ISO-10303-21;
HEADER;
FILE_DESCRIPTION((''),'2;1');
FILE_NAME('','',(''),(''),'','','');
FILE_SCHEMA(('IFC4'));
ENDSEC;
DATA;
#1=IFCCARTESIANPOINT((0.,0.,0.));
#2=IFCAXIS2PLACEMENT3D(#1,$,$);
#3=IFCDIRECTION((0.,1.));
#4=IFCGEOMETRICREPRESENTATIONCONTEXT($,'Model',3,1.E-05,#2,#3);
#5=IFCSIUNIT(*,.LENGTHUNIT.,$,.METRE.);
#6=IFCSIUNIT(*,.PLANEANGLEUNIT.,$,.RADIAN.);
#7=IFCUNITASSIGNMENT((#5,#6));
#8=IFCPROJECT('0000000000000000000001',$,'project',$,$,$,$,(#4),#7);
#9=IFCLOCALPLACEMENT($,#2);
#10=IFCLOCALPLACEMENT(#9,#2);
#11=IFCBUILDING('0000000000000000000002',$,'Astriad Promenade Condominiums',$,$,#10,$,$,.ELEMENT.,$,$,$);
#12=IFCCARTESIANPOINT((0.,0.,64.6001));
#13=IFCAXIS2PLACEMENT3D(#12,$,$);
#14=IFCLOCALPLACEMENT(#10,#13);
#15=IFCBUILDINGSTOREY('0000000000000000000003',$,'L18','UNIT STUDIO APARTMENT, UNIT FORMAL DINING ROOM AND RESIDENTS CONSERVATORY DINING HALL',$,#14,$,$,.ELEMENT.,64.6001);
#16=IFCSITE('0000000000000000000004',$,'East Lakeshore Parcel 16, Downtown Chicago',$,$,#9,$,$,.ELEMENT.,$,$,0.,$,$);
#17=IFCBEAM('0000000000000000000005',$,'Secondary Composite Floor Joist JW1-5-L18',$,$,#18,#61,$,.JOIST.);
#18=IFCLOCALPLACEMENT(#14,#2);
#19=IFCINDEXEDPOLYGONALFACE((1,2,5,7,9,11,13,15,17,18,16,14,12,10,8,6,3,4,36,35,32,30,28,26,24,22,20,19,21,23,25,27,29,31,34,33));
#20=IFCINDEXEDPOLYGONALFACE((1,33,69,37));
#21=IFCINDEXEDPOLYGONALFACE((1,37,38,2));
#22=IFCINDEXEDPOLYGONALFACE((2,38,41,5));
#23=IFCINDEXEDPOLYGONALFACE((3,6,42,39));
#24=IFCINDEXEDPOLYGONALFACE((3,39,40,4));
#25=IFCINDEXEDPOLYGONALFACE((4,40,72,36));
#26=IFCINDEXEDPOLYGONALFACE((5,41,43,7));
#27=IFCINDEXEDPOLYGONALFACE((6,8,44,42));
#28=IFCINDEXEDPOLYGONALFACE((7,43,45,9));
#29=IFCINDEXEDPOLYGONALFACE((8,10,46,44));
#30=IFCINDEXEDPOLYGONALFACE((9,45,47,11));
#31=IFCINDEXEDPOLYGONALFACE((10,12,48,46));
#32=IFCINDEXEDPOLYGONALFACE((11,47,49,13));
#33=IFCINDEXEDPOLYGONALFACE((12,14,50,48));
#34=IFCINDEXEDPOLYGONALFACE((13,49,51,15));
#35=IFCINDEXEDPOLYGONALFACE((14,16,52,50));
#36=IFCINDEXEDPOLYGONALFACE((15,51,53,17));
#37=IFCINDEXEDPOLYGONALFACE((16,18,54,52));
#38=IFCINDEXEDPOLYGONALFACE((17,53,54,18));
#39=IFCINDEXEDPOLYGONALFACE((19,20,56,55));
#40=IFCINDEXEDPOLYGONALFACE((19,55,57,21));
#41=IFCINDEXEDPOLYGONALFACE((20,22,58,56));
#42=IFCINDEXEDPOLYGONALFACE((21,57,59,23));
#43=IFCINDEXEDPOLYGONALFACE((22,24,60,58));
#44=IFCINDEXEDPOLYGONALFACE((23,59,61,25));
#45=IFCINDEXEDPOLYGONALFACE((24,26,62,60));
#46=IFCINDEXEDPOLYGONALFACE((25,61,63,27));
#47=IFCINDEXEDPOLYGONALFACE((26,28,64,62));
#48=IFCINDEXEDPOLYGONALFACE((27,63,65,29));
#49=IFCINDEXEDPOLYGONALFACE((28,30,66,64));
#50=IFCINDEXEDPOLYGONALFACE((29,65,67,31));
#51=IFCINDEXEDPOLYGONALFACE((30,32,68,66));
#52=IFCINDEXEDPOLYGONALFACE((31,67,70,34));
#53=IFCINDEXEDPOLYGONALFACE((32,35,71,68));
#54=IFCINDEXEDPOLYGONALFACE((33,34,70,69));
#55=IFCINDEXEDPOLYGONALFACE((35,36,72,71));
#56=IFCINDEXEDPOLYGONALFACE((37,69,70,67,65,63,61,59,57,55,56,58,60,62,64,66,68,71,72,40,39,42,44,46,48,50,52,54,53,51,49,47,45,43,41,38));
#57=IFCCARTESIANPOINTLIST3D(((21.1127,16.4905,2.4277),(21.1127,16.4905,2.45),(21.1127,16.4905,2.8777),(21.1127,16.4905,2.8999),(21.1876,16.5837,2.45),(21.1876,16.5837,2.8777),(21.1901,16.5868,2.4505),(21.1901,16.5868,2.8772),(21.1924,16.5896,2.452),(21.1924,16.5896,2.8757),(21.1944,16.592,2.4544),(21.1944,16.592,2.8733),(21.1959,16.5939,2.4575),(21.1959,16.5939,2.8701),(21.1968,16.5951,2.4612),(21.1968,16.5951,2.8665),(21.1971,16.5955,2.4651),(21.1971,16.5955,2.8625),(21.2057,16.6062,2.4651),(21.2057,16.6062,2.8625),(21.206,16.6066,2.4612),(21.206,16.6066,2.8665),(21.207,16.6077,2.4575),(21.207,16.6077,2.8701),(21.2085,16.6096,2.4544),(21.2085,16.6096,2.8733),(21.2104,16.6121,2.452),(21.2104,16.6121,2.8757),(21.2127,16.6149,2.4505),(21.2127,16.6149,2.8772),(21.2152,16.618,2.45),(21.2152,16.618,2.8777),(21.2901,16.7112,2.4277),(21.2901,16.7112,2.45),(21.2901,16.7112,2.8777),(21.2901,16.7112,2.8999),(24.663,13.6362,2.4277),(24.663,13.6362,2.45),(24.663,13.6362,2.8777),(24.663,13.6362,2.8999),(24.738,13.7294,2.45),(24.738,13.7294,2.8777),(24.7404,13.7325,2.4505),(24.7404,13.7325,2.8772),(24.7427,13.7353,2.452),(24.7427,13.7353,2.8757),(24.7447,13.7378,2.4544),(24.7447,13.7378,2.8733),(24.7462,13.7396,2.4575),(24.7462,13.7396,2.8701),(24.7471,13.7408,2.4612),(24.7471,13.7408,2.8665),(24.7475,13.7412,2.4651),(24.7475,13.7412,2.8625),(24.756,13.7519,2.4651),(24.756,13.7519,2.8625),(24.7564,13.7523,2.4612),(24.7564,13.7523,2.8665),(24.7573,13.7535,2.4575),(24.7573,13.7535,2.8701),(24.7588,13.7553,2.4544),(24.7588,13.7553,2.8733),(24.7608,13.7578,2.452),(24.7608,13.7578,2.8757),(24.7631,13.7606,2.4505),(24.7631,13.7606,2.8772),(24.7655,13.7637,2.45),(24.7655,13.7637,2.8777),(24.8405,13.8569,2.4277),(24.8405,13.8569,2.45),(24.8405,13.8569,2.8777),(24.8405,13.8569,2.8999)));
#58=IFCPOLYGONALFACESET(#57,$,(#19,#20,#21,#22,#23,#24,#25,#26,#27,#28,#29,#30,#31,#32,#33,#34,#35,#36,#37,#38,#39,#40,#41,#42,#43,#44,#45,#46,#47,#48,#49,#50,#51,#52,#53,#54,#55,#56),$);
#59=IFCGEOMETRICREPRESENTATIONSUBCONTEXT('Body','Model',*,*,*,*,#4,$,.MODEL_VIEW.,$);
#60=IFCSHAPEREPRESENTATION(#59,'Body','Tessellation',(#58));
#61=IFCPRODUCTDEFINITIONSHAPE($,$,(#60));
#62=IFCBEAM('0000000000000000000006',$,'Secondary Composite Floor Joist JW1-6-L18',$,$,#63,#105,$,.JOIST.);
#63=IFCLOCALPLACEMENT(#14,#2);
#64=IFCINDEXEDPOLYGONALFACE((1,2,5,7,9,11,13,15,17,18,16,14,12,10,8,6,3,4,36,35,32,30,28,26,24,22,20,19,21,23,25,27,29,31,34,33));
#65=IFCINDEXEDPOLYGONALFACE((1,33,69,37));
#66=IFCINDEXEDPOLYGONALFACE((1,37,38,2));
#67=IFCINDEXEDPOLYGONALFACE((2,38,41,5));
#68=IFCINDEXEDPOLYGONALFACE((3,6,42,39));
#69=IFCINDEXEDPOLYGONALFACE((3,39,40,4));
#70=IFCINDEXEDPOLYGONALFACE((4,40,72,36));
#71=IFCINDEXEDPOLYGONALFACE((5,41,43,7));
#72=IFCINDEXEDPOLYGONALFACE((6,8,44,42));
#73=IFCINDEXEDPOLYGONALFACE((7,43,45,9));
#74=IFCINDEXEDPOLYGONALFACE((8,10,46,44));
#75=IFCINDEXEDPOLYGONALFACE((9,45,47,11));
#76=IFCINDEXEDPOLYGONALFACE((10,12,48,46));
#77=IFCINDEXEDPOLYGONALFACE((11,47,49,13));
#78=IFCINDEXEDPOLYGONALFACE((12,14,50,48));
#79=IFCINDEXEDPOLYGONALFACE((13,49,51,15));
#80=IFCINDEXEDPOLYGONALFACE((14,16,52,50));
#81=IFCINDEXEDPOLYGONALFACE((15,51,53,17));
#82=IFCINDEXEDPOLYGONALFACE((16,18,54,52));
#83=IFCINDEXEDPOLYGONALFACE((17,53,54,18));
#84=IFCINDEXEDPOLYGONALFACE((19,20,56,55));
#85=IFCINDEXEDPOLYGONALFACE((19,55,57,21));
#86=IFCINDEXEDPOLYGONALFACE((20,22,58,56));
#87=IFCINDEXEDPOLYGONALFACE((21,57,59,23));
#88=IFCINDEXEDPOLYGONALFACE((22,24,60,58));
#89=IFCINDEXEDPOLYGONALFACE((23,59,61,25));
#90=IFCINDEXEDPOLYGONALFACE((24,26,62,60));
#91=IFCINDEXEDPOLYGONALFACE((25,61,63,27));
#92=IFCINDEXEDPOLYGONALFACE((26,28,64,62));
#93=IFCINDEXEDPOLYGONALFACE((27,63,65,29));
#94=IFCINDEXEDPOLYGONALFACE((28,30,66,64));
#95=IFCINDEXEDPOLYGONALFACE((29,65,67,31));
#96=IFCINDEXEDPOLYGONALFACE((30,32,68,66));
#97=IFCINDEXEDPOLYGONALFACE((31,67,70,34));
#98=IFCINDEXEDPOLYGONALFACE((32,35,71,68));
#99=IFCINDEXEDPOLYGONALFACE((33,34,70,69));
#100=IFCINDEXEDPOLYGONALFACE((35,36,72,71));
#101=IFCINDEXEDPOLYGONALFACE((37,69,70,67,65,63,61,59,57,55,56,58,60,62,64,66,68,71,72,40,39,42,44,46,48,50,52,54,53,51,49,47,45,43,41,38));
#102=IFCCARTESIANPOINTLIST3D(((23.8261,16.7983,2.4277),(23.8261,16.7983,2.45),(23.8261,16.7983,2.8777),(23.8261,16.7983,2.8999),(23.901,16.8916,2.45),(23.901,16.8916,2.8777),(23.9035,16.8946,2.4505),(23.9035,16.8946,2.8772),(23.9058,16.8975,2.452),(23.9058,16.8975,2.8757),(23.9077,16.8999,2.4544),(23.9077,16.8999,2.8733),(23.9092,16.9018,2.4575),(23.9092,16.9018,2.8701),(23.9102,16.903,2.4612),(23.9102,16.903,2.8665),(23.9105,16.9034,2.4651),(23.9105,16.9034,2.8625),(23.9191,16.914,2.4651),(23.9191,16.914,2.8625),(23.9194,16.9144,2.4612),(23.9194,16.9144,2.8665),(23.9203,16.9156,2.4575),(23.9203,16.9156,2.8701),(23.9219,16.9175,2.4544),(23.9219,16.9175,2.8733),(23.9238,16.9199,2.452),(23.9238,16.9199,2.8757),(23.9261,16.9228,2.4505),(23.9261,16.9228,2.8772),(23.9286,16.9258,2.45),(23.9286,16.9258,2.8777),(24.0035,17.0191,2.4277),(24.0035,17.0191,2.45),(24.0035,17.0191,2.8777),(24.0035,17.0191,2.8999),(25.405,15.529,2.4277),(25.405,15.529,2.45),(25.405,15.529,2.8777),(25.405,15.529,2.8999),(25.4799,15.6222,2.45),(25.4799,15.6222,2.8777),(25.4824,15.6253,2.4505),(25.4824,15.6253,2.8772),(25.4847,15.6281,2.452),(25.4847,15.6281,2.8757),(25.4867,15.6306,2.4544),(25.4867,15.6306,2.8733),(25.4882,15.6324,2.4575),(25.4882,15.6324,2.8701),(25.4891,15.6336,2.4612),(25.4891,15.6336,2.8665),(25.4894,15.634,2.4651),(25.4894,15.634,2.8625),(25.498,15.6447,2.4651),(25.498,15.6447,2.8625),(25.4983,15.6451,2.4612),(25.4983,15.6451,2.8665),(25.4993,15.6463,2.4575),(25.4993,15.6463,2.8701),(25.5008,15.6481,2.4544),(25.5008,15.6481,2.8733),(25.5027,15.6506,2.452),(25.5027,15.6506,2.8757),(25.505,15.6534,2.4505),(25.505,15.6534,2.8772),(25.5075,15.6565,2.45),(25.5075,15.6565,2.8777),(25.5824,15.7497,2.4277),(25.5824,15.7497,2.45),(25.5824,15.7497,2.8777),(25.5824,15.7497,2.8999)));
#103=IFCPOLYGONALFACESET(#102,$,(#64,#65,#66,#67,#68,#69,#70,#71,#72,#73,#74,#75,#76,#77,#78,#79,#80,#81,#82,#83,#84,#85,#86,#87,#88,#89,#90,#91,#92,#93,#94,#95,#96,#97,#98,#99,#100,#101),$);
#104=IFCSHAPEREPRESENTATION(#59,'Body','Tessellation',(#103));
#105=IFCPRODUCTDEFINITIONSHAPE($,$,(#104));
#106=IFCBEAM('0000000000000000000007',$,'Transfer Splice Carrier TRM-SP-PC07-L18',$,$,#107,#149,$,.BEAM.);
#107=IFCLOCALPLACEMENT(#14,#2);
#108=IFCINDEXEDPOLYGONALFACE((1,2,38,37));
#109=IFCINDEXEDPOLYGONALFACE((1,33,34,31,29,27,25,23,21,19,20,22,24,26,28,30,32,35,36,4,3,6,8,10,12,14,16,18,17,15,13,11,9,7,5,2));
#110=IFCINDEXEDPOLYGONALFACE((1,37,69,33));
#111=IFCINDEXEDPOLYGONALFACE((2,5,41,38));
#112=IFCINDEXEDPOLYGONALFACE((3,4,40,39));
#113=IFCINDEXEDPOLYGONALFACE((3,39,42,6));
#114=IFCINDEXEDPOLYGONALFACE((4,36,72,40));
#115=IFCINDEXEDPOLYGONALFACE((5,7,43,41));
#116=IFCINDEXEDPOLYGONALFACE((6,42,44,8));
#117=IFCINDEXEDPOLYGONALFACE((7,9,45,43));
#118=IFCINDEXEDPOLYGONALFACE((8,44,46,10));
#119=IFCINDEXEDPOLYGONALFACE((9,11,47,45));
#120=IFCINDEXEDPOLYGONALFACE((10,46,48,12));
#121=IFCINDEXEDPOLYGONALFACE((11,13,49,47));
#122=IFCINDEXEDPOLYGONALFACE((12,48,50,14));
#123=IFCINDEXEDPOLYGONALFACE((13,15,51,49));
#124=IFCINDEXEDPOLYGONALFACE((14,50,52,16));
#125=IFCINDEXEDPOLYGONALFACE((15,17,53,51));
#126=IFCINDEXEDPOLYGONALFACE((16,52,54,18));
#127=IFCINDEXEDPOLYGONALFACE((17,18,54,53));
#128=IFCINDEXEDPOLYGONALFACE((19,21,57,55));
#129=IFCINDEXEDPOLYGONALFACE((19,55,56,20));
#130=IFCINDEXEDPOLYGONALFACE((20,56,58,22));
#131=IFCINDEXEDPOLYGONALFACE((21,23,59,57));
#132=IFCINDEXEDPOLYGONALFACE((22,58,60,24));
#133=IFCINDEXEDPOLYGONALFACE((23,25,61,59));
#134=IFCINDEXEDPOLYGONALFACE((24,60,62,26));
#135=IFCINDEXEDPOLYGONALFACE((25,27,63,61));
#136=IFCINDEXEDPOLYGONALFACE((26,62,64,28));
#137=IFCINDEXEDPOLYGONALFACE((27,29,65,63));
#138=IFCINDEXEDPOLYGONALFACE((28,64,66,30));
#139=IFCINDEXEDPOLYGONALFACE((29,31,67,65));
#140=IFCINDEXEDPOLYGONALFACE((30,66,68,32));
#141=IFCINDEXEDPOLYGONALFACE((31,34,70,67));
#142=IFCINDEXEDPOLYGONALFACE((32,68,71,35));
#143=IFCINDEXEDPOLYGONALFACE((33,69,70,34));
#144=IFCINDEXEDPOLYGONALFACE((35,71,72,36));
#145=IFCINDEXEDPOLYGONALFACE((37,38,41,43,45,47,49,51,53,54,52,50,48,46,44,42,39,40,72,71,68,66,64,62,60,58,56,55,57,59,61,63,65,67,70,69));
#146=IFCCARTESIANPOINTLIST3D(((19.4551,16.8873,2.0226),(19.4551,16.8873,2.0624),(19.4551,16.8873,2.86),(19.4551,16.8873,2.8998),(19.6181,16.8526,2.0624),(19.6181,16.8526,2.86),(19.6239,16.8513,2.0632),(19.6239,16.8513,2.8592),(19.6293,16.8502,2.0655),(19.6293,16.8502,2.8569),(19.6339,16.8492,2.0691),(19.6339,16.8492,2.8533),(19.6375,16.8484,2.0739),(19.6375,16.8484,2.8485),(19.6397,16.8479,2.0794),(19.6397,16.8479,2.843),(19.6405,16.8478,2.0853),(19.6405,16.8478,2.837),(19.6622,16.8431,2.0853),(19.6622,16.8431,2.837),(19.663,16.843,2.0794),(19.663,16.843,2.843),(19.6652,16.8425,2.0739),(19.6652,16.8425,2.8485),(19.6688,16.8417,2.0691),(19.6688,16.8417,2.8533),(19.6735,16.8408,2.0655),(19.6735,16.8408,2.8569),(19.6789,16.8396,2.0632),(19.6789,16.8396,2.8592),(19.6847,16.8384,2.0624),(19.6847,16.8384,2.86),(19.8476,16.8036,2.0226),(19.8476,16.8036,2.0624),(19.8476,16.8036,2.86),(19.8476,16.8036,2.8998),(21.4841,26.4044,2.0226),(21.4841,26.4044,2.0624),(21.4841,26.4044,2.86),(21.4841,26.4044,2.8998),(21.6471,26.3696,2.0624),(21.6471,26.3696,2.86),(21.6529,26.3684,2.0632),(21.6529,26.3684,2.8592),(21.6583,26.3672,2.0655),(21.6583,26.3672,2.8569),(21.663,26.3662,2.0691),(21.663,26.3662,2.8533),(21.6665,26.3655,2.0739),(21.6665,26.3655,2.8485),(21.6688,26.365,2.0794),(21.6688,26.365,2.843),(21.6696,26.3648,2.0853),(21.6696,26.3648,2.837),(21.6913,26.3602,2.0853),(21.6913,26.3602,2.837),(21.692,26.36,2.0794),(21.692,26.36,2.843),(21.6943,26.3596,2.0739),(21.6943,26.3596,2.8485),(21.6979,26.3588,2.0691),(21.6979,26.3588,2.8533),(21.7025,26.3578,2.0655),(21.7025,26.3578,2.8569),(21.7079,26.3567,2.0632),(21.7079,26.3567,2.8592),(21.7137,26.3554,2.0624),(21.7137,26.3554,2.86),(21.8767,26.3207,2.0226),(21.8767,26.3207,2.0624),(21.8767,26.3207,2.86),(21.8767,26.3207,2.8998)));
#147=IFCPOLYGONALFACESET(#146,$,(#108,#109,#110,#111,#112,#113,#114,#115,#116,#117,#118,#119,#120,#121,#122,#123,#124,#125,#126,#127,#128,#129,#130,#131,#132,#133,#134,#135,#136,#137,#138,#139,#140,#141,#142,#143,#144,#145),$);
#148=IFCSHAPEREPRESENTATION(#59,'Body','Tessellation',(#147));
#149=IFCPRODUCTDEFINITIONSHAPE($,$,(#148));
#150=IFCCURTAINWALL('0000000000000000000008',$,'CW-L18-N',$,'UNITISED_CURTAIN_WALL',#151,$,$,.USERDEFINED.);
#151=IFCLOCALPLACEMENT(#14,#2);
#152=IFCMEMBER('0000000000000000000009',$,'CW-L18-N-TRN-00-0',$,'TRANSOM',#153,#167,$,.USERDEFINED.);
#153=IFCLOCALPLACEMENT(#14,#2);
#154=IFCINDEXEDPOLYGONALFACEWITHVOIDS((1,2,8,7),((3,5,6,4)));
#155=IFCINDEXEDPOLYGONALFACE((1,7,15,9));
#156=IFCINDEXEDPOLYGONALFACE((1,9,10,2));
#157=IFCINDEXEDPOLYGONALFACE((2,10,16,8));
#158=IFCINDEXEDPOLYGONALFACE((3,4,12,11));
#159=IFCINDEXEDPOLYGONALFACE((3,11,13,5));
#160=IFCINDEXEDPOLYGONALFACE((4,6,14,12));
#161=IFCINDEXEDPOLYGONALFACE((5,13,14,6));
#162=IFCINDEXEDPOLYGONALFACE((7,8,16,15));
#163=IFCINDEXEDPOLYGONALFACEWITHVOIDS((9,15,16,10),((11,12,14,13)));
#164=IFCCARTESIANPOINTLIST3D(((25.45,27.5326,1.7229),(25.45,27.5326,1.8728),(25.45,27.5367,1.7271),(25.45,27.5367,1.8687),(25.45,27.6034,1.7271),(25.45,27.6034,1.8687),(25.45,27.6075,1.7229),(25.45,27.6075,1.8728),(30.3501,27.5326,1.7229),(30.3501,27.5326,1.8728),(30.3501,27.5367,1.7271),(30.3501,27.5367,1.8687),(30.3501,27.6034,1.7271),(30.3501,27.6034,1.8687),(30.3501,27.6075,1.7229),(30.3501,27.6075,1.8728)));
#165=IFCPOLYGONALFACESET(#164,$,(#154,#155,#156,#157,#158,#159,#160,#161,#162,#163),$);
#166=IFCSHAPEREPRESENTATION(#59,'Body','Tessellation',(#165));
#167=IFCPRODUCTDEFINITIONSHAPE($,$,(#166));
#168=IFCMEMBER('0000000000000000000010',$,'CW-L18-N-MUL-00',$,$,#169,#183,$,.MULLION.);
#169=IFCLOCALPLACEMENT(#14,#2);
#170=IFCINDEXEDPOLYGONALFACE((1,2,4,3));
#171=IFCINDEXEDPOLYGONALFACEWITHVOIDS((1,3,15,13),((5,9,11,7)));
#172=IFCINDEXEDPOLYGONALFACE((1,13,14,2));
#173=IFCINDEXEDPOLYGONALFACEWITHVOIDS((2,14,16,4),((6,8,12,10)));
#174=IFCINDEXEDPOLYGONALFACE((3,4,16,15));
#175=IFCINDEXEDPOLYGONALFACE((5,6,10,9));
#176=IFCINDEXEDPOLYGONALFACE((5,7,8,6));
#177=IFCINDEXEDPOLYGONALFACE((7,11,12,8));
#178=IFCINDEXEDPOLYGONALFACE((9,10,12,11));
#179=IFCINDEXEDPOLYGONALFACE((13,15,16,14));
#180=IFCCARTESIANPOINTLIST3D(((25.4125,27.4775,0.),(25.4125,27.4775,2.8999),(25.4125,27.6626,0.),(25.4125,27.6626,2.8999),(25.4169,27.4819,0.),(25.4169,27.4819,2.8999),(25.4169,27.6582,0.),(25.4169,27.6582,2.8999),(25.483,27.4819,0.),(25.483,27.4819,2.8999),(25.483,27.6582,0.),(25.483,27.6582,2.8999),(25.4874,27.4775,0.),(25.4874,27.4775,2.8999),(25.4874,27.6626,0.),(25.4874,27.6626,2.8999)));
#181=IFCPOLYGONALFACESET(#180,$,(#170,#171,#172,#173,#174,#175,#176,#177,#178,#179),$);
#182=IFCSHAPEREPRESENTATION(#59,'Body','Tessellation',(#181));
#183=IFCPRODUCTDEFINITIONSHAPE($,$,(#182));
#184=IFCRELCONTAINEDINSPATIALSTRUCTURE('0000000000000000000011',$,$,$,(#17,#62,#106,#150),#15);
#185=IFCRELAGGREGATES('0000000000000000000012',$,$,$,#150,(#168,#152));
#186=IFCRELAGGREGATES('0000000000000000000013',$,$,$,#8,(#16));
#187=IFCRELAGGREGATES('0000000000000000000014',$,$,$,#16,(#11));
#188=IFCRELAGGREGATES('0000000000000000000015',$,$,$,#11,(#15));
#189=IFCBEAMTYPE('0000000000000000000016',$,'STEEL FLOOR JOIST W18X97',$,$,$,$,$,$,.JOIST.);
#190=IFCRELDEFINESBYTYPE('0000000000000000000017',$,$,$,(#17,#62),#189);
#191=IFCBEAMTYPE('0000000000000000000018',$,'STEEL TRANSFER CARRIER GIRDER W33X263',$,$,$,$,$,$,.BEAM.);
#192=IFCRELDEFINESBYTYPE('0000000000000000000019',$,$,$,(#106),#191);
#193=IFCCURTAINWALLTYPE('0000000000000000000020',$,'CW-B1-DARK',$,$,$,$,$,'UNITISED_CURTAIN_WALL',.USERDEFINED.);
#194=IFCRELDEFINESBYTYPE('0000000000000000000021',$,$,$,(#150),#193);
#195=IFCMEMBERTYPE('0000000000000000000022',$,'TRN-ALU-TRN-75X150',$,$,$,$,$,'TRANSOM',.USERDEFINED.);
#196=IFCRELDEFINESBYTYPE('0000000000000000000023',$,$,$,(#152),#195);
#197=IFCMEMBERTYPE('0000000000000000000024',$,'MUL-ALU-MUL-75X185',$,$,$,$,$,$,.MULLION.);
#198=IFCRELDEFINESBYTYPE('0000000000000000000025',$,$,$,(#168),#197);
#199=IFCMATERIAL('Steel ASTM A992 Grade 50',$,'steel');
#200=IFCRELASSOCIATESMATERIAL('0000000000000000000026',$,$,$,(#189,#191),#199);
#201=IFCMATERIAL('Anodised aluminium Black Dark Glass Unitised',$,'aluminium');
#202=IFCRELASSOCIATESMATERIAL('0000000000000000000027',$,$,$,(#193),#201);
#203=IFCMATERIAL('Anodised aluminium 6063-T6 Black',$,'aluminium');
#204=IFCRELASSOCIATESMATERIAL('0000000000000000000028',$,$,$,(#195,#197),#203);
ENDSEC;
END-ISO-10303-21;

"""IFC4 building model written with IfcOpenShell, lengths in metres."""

from ifc_helpers import new_model, si_unit, direction, frame, origin, origin_2d, place, context, subcontext, project, spatial, hollow_rectangle, i_section, extrude, source, transform, mapped, material, material_profile, profile_set, type_object, type_shapes, element, aggregate, save


model = new_model("IFC4")

# Units and contexts
model_context = context("Model", 3, precision=1e-05, world=origin(), true_north=direction((0.0, 1.0)))
body_context = subcontext(model_context, "Body", "Model", "MODEL_VIEW")
ifc_project = project(units=[si_unit("LENGTHUNIT", "METRE"), si_unit("PLANEANGLEUNIT", "RADIAN")], contexts=[model_context])

# Site, building, storey
site_placement = place(None, origin())
site = spatial("IfcSite", under=ifc_project, at=site_placement, Name="East Lakeshore Parcel 16, Downtown Chicago", CompositionType="ELEMENT", RefElevation=0.0)
building_placement = place(site_placement, origin())
building = spatial("IfcBuilding", under=site, at=building_placement, Name="Astriad Promenade Condominiums", CompositionType="ELEMENT")
storey_placement = place(building_placement, frame((0.0, 0.0, 64.6001)))
storey = spatial("IfcBuildingStorey", under=building, at=storey_placement, Name="L18", Description="UNIT STUDIO APARTMENT, UNIT FORMAL DINING ROOM AND RESIDENTS CONSERVATORY DINING HALL", CompositionType="ELEMENT", Elevation=64.6001)

# Shared definitions
ifc_material_1 = material(Name="Steel ASTM A992 Grade 50", Category="steel")

# Beams
ifc_material_profile_1 = material_profile(ifc_material_1, i_section(OverallWidth=0.2832, OverallDepth=0.4722, WebThickness=0.0137, FlangeThickness=0.0222, FilletRadius=0.0151, at=origin_2d()), Name="W18X97")
ifc_profile_set_1 = profile_set([ifc_material_profile_1], Name="Steel ASTM A992 Grade 50")
beam_type_1 = type_object("IfcBeamType", Name="STEEL FLOOR JOIST W18X97", PredefinedType="JOIST", material=ifc_profile_set_1)
shared_shape_1 = source(origin(), body_context, "Body", "SweptSolid", [
    extrude(i_section(OverallWidth=0.2832, OverallDepth=0.4722, WebThickness=0.0137, FlangeThickness=0.0222, FilletRadius=0.0151, at=origin_2d()), origin(), (0.0, 0.0, 1.0), 4.5554),
])
beam_1_placement = place(storey_placement, frame((21.2014, 16.6008, 2.6638), z_axis=(0.779366, -0.626569, 0.0), x_axis=(0.626569, 0.779366, 0.0)))
element("IfcBeam", 1, at=beam_1_placement, inside=storey, type_object=beam_type_1, Name="Secondary Composite Floor Joist JW1-5-L18", PredefinedType="JOIST", context=body_context, shape_type="MappedRepresentation", body=[
    mapped(shared_shape_1, transform((0.0, 0.0, 0.0), scale=1.0)),
])
shared_shape_2 = source(origin(), body_context, "Body", "SweptSolid", [
    extrude(i_section(OverallWidth=0.2832, OverallDepth=0.4722, WebThickness=0.0137, FlangeThickness=0.0222, FilletRadius=0.0151, at=origin_2d()), origin(), (0.0, 0.0, 1.0), 2.0259),
])
type_shapes(beam_type_1, [shared_shape_1, shared_shape_2])
beam_2_placement = place(storey_placement, frame((23.9148, 16.9087, 2.6638), z_axis=(0.779373, -0.62656, 0.0), x_axis=(0.62656, 0.779373, 0.0)))
element("IfcBeam", 2, at=beam_2_placement, inside=storey, type_object=beam_type_1, Name="Secondary Composite Floor Joist JW1-6-L18", PredefinedType="JOIST", context=body_context, shape_type="MappedRepresentation", body=[
    mapped(shared_shape_2, transform((0.0, 0.0, 0.0), scale=1.0)),
])
ifc_material_profile_2 = material_profile(ifc_material_1, i_section(OverallWidth=0.4014, OverallDepth=0.8772, WebThickness=0.0222, FlangeThickness=0.0398, FilletRadius=0.0229, at=origin_2d()), Name="W33X263")
ifc_profile_set_2 = profile_set([ifc_material_profile_2], Name="Steel ASTM A992 Grade 50")
beam_type_2 = type_object("IfcBeamType", Name="STEEL TRANSFER CARRIER GIRDER W33X263", PredefinedType="BEAM", material=ifc_profile_set_2)
shared_shape_3 = source(origin(), body_context, "Body", "SweptSolid", [
    extrude(i_section(OverallWidth=0.4014, OverallDepth=0.8772, WebThickness=0.0222, FlangeThickness=0.0398, FilletRadius=0.0229, at=origin_2d()), origin(), (0.0, 0.0, 1.0), 9.731),
])
type_shapes(beam_type_2, [shared_shape_3])
beam_3_placement = place(storey_placement, frame((19.6514, 16.8455, 2.4612), z_axis=(0.208515, 0.978019, 0.0), x_axis=(-0.978019, 0.208515, 0.0)))
element("IfcBeam", 3, at=beam_3_placement, inside=storey, type_object=beam_type_2, Name="Transfer Splice Carrier TRM-SP-PC07-L18", PredefinedType="BEAM", context=body_context, shape_type="MappedRepresentation", body=[
    mapped(shared_shape_3, transform((0.0, 0.0, 0.0), scale=1.0)),
])

# Curtain wall, members
ifc_material_2 = material(Name="Anodised aluminium Black Dark Glass Unitised", Category="aluminium")
curtain_wall_type = type_object("IfcCurtainWallType", Name="CW-B1-DARK", ElementType="UNITISED_CURTAIN_WALL", PredefinedType="USERDEFINED", material=ifc_material_2)
curtain_wall_placement = place(storey_placement, origin())
curtain_wall = element("IfcCurtainWall", 4, at=curtain_wall_placement, inside=storey, type_object=curtain_wall_type, Name="CW-L18-N", ObjectType="UNITISED_CURTAIN_WALL", PredefinedType="USERDEFINED")
ifc_material_3 = material(Name="Anodised aluminium 6063-T6 Black", Category="aluminium")
ifc_material_profile_3 = material_profile(ifc_material_3, hollow_rectangle(XDim=0.075, YDim=0.1499, WallThickness=0.0042, at=origin_2d()), Name="ALU-TRN-75X150")
ifc_profile_set_3 = profile_set([ifc_material_profile_3], Name="Anodised aluminium 6063-T6 Black")
member_type_1 = type_object("IfcMemberType", Name="TRN-ALU-TRN-75X150", ElementType="TRANSOM", PredefinedType="USERDEFINED", material=ifc_profile_set_3)
shared_shape_4 = source(origin(), body_context, "Body", "SweptSolid", [
    extrude(hollow_rectangle(XDim=0.075, YDim=0.1499, WallThickness=0.0042, at=origin_2d()), origin(), (0.0, 0.0, 1.0), 4.9001),
])
type_shapes(member_type_1, [shared_shape_4])
member_1_placement = place(storey_placement, frame((25.45, 27.5701, 1.7979), z_axis=(1.0, 0.0, 0.0), x_axis=(0.0, 1.0, 0.0)))
member_1 = element("IfcMember", 5, at=member_1_placement, type_object=member_type_1, Name="CW-L18-N-TRN-00-0", ObjectType="TRANSOM", PredefinedType="USERDEFINED", context=body_context, shape_type="MappedRepresentation", body=[
    mapped(shared_shape_4, transform((0.0, 0.0, 0.0), scale=1.0)),
])
ifc_material_profile_4 = material_profile(ifc_material_3, hollow_rectangle(XDim=0.075, YDim=0.1851, WallThickness=0.0044, at=origin_2d()), Name="ALU-MUL-75X185")
ifc_profile_set_4 = profile_set([ifc_material_profile_4], Name="Anodised aluminium 6063-T6 Black")
member_type_2 = type_object("IfcMemberType", Name="MUL-ALU-MUL-75X185", PredefinedType="MULLION", material=ifc_profile_set_4)
shared_shape_5 = source(origin(), body_context, "Body", "SweptSolid", [
    extrude(hollow_rectangle(XDim=0.075, YDim=0.1851, WallThickness=0.0044, at=origin_2d()), origin(), (0.0, 0.0, 1.0), 2.8999),
])
type_shapes(member_type_2, [shared_shape_5])
member_2_placement = place(storey_placement, frame((25.45, 27.5701, 0.0), z_axis=(0.0, 0.0, 1.0), x_axis=(1.0, 0.0, 0.0)))
member_2 = element("IfcMember", 6, at=member_2_placement, type_object=member_type_2, Name="CW-L18-N-MUL-00", PredefinedType="MULLION", context=body_context, shape_type="MappedRepresentation", body=[
    mapped(shared_shape_5, transform((0.0, 0.0, 0.0), scale=1.0)),
])
aggregate(curtain_wall, [member_2, member_1])

save(model, "model.ifc")
